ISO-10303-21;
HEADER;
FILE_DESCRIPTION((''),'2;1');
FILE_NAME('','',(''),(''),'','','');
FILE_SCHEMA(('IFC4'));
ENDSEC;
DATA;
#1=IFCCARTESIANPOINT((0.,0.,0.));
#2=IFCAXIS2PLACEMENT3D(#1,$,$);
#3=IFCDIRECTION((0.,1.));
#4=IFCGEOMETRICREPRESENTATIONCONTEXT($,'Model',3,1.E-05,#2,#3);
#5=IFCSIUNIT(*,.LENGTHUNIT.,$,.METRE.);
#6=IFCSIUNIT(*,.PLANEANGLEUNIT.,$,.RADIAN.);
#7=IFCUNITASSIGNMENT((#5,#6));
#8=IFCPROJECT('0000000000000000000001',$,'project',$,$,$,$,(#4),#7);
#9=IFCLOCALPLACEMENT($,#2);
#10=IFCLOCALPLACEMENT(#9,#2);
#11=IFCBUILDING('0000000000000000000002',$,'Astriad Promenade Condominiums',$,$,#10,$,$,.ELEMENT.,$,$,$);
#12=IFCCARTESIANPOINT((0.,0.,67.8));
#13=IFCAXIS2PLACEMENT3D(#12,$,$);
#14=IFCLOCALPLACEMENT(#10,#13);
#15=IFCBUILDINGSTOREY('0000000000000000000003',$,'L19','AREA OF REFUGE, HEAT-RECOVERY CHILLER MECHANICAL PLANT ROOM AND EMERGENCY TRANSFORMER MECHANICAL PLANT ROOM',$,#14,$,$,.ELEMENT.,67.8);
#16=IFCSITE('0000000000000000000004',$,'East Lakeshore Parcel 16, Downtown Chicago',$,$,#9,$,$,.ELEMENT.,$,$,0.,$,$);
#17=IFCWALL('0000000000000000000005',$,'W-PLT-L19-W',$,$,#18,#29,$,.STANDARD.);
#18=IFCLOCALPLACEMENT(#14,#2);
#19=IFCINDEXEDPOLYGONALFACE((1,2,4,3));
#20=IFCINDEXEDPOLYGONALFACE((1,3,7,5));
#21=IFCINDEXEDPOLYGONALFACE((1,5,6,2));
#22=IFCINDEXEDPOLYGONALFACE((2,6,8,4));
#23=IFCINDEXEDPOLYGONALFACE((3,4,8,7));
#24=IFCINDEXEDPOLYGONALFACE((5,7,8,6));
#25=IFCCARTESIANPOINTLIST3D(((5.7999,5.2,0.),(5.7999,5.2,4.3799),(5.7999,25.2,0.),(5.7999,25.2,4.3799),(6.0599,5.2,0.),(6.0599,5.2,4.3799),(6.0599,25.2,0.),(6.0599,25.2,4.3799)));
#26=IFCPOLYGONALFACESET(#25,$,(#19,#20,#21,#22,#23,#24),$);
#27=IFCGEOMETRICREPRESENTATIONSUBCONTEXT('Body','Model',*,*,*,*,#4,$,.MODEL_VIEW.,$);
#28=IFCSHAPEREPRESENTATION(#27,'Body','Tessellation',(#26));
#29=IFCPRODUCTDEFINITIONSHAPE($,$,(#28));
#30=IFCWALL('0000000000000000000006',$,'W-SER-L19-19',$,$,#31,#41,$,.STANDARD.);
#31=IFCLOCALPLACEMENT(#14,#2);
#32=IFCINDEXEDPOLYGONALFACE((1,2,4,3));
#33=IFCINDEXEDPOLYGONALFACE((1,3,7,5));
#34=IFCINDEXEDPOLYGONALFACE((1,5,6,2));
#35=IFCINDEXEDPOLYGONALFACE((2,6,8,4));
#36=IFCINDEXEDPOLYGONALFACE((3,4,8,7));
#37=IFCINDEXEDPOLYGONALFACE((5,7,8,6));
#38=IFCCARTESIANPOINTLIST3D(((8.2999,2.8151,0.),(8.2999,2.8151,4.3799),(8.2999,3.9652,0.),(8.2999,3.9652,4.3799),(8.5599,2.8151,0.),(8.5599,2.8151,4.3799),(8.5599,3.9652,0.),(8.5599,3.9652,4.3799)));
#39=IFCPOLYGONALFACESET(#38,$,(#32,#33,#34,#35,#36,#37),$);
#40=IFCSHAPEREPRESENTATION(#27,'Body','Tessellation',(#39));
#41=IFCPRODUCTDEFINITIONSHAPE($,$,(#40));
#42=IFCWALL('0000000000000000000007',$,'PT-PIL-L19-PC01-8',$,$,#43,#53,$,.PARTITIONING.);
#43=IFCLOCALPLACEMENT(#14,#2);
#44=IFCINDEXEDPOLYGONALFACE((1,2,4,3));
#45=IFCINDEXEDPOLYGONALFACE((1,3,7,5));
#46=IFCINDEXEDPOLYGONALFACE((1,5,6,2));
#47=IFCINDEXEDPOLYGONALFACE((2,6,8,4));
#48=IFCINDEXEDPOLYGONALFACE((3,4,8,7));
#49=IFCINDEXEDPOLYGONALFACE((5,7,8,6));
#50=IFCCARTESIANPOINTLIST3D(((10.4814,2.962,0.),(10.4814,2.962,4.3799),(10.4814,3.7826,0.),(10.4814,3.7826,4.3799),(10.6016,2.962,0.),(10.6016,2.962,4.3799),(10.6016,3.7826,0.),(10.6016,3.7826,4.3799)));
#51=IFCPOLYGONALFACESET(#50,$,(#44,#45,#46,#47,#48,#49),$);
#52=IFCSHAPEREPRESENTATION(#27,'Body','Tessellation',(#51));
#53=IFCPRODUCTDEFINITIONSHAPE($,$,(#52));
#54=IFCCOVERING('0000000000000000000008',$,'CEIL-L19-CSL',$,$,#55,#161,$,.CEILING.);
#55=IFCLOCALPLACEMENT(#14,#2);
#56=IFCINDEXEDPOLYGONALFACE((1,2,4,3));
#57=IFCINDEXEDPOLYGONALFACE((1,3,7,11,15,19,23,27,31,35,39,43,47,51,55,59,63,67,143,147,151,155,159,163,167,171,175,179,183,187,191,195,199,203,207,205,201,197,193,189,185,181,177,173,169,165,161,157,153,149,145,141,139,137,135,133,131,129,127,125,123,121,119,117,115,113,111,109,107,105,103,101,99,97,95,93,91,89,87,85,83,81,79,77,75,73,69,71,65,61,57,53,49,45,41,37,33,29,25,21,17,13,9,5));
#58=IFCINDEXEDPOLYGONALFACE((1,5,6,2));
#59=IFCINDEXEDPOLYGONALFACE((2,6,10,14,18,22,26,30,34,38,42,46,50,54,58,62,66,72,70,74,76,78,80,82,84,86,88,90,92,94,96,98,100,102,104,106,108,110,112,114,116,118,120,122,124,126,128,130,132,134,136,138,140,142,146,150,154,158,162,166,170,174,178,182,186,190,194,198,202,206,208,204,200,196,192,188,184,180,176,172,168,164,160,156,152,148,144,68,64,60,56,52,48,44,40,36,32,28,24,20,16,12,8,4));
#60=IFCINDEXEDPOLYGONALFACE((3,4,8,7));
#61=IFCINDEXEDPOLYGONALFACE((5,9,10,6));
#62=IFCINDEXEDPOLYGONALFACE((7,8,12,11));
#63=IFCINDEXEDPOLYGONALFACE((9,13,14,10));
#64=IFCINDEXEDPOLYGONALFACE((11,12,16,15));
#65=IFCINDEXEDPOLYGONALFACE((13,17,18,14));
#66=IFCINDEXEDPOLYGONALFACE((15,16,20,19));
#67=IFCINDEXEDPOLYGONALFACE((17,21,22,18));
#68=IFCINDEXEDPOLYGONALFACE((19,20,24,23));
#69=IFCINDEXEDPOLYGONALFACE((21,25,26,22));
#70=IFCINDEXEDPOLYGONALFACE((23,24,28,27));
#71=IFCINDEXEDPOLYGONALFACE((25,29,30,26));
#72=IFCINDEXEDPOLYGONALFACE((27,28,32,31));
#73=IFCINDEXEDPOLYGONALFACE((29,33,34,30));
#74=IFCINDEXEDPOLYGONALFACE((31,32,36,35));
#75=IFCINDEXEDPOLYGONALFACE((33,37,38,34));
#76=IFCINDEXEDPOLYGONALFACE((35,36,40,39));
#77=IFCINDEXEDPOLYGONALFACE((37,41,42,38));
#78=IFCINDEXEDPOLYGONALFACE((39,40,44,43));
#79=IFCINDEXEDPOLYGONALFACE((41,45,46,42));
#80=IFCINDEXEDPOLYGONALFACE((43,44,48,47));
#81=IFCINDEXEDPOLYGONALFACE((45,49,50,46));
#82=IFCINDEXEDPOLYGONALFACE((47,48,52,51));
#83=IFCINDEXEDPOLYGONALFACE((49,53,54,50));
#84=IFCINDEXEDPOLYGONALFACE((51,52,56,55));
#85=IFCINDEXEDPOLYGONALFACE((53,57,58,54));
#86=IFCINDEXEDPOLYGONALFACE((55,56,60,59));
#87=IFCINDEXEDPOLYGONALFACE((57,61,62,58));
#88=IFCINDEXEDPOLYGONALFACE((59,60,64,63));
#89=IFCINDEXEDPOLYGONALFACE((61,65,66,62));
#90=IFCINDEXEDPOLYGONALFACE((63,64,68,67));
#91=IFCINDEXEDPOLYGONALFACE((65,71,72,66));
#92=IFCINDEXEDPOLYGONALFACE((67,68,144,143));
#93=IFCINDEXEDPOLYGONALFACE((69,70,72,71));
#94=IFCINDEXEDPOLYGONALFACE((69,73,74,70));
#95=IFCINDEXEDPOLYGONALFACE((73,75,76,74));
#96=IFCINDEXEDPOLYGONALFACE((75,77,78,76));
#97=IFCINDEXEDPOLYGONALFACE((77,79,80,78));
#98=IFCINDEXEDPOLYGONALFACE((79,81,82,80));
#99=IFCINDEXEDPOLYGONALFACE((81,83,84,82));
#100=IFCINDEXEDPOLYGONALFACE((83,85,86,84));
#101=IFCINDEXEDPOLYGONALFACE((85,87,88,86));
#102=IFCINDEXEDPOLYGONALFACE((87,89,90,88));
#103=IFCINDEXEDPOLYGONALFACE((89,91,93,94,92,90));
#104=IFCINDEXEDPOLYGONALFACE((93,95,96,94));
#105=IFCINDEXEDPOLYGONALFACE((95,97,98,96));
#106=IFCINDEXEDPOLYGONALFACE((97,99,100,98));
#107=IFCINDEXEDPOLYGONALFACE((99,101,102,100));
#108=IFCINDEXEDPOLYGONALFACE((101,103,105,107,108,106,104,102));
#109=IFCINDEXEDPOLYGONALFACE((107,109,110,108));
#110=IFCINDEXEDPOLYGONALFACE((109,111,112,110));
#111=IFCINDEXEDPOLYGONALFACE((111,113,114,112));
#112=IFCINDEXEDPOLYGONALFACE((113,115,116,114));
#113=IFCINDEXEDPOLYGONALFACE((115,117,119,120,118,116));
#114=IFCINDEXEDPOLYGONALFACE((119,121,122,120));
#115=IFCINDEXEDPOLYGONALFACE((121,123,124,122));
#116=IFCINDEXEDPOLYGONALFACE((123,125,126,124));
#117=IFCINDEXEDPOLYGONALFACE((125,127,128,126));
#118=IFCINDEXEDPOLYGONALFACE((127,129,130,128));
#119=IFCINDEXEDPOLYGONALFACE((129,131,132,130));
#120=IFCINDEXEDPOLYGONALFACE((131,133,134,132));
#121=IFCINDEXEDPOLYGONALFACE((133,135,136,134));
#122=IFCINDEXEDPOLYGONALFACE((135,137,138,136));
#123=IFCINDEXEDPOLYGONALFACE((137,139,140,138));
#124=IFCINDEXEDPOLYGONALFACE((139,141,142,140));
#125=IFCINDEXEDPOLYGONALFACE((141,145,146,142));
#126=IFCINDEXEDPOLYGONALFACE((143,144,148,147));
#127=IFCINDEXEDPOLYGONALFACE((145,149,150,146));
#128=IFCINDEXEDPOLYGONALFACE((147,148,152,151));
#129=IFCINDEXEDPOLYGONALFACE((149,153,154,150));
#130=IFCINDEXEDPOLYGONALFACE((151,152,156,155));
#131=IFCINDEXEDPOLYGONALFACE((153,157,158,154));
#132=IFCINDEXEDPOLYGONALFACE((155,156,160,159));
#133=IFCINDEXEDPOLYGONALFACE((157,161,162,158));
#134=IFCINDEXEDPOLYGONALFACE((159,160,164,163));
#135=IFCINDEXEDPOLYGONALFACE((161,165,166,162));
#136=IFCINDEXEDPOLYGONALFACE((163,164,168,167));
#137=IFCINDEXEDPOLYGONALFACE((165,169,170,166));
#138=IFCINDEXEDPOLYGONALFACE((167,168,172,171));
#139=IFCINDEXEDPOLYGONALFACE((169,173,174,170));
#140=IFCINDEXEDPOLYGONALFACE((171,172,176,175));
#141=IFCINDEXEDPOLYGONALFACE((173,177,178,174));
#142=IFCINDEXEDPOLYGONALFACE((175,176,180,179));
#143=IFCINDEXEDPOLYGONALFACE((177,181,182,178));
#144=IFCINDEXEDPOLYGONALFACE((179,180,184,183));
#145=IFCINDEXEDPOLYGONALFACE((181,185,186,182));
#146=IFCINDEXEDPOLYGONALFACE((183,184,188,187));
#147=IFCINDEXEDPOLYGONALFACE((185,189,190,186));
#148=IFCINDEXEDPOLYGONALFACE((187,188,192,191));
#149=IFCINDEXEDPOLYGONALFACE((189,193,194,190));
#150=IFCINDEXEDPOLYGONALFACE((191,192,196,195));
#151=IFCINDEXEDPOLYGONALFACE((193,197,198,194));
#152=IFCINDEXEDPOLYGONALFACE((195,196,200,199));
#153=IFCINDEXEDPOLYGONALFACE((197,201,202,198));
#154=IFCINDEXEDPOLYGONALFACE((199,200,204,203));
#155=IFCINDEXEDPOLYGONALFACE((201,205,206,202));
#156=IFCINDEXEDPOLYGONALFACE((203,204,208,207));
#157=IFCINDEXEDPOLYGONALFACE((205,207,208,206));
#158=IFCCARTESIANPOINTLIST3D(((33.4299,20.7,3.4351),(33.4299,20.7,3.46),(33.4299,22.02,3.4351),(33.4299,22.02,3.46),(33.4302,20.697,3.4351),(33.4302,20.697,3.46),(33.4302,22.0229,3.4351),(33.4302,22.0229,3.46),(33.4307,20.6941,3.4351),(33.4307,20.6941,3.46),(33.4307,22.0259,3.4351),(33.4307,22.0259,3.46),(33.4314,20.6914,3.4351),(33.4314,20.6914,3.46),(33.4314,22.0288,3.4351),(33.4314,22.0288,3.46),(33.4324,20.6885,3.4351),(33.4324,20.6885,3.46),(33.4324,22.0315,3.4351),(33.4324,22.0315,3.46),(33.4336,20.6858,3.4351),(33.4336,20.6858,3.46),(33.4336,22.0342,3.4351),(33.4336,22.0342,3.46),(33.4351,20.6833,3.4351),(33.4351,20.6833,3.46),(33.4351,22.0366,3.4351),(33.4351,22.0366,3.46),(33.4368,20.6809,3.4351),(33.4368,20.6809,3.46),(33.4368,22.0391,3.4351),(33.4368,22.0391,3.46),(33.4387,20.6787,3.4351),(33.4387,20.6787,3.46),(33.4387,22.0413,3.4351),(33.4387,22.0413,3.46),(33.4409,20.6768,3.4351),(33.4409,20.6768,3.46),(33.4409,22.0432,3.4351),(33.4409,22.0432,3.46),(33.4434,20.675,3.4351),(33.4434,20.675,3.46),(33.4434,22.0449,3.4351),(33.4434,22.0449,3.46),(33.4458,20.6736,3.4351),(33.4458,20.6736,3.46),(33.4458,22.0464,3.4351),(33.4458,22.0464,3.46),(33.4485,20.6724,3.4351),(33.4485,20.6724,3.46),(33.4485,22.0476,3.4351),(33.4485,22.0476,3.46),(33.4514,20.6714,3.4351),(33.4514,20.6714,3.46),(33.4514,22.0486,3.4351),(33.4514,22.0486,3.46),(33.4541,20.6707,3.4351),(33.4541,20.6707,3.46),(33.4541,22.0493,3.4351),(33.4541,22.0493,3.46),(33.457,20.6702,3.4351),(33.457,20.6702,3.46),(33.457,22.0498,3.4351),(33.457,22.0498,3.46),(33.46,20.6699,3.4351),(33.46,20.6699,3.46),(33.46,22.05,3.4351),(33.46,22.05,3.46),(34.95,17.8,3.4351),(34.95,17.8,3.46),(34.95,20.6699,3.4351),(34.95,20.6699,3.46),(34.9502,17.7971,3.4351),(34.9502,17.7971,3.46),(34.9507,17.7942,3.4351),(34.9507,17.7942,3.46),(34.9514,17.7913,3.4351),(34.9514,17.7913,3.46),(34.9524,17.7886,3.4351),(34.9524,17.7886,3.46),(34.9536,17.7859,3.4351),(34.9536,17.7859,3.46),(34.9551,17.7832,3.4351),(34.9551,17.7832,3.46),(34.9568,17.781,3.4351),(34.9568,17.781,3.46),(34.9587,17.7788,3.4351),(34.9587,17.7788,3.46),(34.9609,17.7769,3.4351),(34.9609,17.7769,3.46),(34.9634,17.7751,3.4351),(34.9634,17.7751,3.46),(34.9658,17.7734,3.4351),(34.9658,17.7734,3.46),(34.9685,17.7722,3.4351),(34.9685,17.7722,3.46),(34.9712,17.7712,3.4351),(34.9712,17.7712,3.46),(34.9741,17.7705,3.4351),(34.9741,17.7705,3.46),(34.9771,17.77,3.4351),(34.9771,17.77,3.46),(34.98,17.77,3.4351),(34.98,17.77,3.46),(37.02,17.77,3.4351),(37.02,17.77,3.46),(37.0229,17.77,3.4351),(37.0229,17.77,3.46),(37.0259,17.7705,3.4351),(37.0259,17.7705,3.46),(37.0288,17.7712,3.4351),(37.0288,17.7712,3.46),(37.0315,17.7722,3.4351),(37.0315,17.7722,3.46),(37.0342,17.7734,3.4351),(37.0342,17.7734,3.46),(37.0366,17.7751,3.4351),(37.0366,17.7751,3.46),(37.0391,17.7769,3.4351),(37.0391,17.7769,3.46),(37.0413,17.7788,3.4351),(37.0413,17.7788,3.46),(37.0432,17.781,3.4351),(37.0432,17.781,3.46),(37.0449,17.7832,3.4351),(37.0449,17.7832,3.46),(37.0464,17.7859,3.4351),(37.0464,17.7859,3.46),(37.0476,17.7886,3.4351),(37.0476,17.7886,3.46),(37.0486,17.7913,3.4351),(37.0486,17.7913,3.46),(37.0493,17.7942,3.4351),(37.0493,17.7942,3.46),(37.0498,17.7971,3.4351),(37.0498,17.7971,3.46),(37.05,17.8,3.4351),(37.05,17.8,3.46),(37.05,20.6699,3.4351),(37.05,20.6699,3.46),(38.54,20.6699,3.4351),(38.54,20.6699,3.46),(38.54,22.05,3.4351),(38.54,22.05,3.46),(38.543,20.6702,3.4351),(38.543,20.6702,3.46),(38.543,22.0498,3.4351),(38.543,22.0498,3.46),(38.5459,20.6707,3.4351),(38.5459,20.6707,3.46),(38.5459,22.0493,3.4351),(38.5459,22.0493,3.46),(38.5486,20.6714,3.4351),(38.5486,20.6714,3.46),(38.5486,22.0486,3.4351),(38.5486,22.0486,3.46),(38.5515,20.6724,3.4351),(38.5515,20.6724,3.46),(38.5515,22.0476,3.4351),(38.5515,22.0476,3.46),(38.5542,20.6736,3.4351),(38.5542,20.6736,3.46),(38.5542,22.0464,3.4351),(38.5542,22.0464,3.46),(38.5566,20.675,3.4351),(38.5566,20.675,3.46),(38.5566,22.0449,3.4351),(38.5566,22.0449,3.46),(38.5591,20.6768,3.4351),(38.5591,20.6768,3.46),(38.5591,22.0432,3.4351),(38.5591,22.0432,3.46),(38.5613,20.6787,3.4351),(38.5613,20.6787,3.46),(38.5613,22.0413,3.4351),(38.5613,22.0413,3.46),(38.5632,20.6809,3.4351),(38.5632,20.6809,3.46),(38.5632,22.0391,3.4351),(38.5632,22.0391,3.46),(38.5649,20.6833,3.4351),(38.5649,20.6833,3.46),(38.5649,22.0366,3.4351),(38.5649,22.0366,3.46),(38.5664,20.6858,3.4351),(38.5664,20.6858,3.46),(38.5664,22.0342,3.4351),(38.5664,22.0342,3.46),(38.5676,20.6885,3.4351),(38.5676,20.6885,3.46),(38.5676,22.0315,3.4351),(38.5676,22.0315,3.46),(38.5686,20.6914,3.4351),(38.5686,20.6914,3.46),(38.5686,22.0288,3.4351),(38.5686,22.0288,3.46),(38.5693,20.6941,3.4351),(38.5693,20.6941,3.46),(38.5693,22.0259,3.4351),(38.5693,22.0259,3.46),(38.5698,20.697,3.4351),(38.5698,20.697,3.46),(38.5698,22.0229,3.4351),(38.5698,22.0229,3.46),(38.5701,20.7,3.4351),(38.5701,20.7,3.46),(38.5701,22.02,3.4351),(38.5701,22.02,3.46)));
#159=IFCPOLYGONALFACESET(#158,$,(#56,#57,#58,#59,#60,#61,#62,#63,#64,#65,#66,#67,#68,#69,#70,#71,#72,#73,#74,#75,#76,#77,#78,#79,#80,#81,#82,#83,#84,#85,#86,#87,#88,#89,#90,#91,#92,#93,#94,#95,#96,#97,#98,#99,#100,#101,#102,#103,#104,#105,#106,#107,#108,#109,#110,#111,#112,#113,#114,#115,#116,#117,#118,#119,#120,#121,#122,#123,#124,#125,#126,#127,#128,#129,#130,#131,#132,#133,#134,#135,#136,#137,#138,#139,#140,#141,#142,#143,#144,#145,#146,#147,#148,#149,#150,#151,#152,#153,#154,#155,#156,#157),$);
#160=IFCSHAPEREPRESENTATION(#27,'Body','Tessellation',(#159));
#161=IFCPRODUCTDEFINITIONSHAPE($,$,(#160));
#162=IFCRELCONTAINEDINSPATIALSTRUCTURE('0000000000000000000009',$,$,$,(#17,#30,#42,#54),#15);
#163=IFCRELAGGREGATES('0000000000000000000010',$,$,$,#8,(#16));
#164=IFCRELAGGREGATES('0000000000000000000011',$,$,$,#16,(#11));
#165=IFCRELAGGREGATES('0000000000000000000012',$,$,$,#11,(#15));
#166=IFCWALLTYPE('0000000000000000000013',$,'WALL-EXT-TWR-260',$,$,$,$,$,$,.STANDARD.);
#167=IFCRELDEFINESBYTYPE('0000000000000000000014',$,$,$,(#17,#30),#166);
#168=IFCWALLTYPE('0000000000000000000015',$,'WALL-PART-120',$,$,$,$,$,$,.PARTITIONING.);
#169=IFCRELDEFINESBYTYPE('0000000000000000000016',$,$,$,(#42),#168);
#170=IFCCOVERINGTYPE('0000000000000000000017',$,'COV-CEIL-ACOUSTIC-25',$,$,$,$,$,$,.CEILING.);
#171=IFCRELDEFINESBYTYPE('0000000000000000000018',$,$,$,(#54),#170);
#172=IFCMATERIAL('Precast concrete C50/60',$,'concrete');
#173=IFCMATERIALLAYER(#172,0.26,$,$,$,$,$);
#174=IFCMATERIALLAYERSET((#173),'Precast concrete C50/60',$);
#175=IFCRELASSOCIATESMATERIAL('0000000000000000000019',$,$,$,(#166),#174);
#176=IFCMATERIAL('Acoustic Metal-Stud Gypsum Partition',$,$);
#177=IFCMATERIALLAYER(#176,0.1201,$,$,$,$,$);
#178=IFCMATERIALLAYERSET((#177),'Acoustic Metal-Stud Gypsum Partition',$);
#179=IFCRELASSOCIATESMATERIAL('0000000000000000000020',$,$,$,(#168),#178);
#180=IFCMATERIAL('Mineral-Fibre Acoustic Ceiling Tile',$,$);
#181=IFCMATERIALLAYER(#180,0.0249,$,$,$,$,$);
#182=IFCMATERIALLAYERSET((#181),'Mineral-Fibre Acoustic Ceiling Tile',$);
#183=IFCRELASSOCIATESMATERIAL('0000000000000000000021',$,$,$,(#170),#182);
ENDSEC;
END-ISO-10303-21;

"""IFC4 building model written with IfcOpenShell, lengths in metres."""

from ifc_helpers import new_model, si_unit, direction, frame, frame_2d, origin, place, context, subcontext, project, spatial, polyline, rectangle, outline, extrude, material, layer, layer_set, type_object, element, save


model = new_model("IFC4")

# Units and contexts
model_context = context("Model", 3, precision=1e-05, world=origin(), true_north=direction((0.0, 1.0)))
body_context = subcontext(model_context, "Body", "Model", "MODEL_VIEW")
ifc_project = project(units=[si_unit("LENGTHUNIT", "METRE"), si_unit("PLANEANGLEUNIT", "RADIAN")], contexts=[model_context])

# Site, building, storey
site_placement = place(None, origin())
site = spatial("IfcSite", under=ifc_project, at=site_placement, Name="East Lakeshore Parcel 16, Downtown Chicago", CompositionType="ELEMENT", RefElevation=0.0)
building_placement = place(site_placement, origin())
building = spatial("IfcBuilding", under=site, at=building_placement, Name="Astriad Promenade Condominiums", CompositionType="ELEMENT")
storey_placement = place(building_placement, frame((0.0, 0.0, 67.8)))
storey = spatial("IfcBuildingStorey", under=building, at=storey_placement, Name="L19", Description="AREA OF REFUGE, HEAT-RECOVERY CHILLER MECHANICAL PLANT ROOM AND EMERGENCY TRANSFORMER MECHANICAL PLANT ROOM", CompositionType="ELEMENT", Elevation=67.8)

# Walls
ifc_material_1 = material(Name="Precast concrete C50/60", Category="concrete")
ifc_layer_1 = layer(ifc_material_1, 0.26)
ifc_layer_set_1 = layer_set([ifc_layer_1], Name="Precast concrete C50/60")
wall_type_1 = type_object("IfcWallType", Name="WALL-EXT-TWR-260", PredefinedType="STANDARD", material=ifc_layer_set_1)
wall_1_placement = place(storey_placement, frame((5.9299, 5.2, 0.0), z_axis=(0.0, 0.0, 1.0), x_axis=(0.0, 1.0, 0.0)))
element("IfcWall", 1, at=wall_1_placement, inside=storey, type_object=wall_type_1, Name="W-PLT-L19-W", PredefinedType="STANDARD", context=body_context, shape_type="SweptSolid", body=[
    extrude(rectangle(XDim=20.0, YDim=0.26, at=frame_2d((10.0, 0.0))), origin(), (0.0, 0.0, 1.0), 4.3799),
])
wall_2_placement = place(storey_placement, frame((8.4299, 2.8149, 0.0), z_axis=(0.0, 0.0, 1.0), x_axis=(0.0, 1.0, 0.0)))
element("IfcWall", 2, at=wall_2_placement, inside=storey, type_object=wall_type_1, Name="W-SER-L19-19", PredefinedType="STANDARD", context=body_context, shape_type="SweptSolid", body=[
    extrude(rectangle(XDim=1.1501, YDim=0.26, at=frame_2d((0.5752, 0.0))), origin(), (0.0, 0.0, 1.0), 4.3799),
])
ifc_material_2 = material(Name="Acoustic Metal-Stud Gypsum Partition")
ifc_layer_2 = layer(ifc_material_2, 0.1201)
ifc_layer_set_2 = layer_set([ifc_layer_2], Name="Acoustic Metal-Stud Gypsum Partition")
wall_type_2 = type_object("IfcWallType", Name="WALL-PART-120", PredefinedType="PARTITIONING", material=ifc_layer_set_2)
wall_3_placement = place(storey_placement, frame((10.5415, 3.7825, 0.0), z_axis=(0.0, 0.0, 1.0), x_axis=(0.0, -1.0, 0.0)))
element("IfcWall", 3, at=wall_3_placement, inside=storey, type_object=wall_type_2, Name="PT-PIL-L19-PC01-8", PredefinedType="PARTITIONING", context=body_context, shape_type="SweptSolid", body=[
    extrude(rectangle(XDim=0.8206, YDim=0.1201, at=frame_2d((0.4102, 0.0))), origin(), (0.0, 0.0, 1.0), 4.3799),
])

# Covering
ifc_material_3 = material(Name="Mineral-Fibre Acoustic Ceiling Tile")
ifc_layer_3 = layer(ifc_material_3, 0.0249)
ifc_layer_set_3 = layer_set([ifc_layer_3], Name="Mineral-Fibre Acoustic Ceiling Tile")
covering_type_1 = type_object("IfcCoveringType", Name="COV-CEIL-ACOUSTIC-25", PredefinedType="CEILING", material=ifc_layer_set_3)
covering_1_placement = place(storey_placement, frame((0.0, 0.0, 3.4351)))
element("IfcCovering", 4, at=covering_1_placement, inside=storey, type_object=covering_type_1, Name="CEIL-L19-CSL", PredefinedType="CEILING", context=body_context, shape_type="SweptSolid", body=[
    extrude(outline(polyline([(37.05, 17.8), (37.0498, 17.7971), (37.0493, 17.7942), (37.0486, 17.7913), (37.0476, 17.7886), (37.0464, 17.7859), (37.0449, 17.7832), (37.0432, 17.781), (37.0413, 17.7788), (37.0391, 17.7769), (37.0366, 17.7751), (37.0342, 17.7734), (37.0315, 17.7722), (37.0288, 17.7712), (37.0259, 17.7705), (37.0229, 17.77), (37.02, 17.77), (34.98, 17.77), (34.9771, 17.77), (34.9741, 17.7705), (34.9712, 17.7712), (34.9685, 17.7722), (34.9658, 17.7734), (34.9634, 17.7751), (34.9609, 17.7769), (34.9587, 17.7788), (34.9568, 17.781), (34.9551, 17.7832), (34.9536, 17.7859), (34.9524, 17.7886), (34.9514, 17.7913), (34.9507, 17.7942), (34.9502, 17.7971), (34.95, 17.8), (34.95, 20.6699), (33.46, 20.6699), (33.457, 20.6702), (33.4541, 20.6707), (33.4514, 20.6714), (33.4485, 20.6724), (33.4458, 20.6736), (33.4434, 20.675), (33.4409, 20.6768), (33.4387, 20.6787), (33.4368, 20.6809), (33.4351, 20.6833), (33.4336, 20.6858), (33.4324, 20.6885), (33.4314, 20.6914), (33.4307, 20.6941), (33.4302, 20.697), (33.4299, 20.7), (33.4299, 22.02), (33.4302, 22.0229), (33.4307, 22.0259), (33.4314, 22.0288), (33.4324, 22.0315), (33.4336, 22.0342), (33.4351, 22.0366), (33.4368, 22.0391), (33.4387, 22.0413), (33.4409, 22.0432), (33.4434, 22.0449), (33.4458, 22.0464), (33.4485, 22.0476), (33.4514, 22.0486), (33.4541, 22.0493), (33.457, 22.0498), (33.46, 22.05), (38.54, 22.05), (38.543, 22.0498), (38.5459, 22.0493), (38.5486, 22.0486), (38.5515, 22.0476), (38.5542, 22.0464), (38.5566, 22.0449), (38.5591, 22.0432), (38.5613, 22.0413), (38.5632, 22.0391), (38.5649, 22.0366), (38.5664, 22.0342), (38.5676, 22.0315), (38.5686, 22.0288), (38.5693, 22.0259), (38.5698, 22.0229), (38.5701, 22.02), (38.5701, 20.7), (38.5698, 20.697), (38.5693, 20.6941), (38.5686, 20.6914), (38.5676, 20.6885), (38.5664, 20.6858), (38.5649, 20.6833), (38.5632, 20.6809), (38.5613, 20.6787), (38.5591, 20.6768), (38.5566, 20.675), (38.5542, 20.6736), (38.5515, 20.6724), (38.5486, 20.6714), (38.5459, 20.6707), (38.543, 20.6702), (38.54, 20.6699), (37.05, 20.6699), (37.05, 17.8)])), origin(), (0.0, 0.0, 1.0), 0.0249),
])

save(model, "model.ifc")
